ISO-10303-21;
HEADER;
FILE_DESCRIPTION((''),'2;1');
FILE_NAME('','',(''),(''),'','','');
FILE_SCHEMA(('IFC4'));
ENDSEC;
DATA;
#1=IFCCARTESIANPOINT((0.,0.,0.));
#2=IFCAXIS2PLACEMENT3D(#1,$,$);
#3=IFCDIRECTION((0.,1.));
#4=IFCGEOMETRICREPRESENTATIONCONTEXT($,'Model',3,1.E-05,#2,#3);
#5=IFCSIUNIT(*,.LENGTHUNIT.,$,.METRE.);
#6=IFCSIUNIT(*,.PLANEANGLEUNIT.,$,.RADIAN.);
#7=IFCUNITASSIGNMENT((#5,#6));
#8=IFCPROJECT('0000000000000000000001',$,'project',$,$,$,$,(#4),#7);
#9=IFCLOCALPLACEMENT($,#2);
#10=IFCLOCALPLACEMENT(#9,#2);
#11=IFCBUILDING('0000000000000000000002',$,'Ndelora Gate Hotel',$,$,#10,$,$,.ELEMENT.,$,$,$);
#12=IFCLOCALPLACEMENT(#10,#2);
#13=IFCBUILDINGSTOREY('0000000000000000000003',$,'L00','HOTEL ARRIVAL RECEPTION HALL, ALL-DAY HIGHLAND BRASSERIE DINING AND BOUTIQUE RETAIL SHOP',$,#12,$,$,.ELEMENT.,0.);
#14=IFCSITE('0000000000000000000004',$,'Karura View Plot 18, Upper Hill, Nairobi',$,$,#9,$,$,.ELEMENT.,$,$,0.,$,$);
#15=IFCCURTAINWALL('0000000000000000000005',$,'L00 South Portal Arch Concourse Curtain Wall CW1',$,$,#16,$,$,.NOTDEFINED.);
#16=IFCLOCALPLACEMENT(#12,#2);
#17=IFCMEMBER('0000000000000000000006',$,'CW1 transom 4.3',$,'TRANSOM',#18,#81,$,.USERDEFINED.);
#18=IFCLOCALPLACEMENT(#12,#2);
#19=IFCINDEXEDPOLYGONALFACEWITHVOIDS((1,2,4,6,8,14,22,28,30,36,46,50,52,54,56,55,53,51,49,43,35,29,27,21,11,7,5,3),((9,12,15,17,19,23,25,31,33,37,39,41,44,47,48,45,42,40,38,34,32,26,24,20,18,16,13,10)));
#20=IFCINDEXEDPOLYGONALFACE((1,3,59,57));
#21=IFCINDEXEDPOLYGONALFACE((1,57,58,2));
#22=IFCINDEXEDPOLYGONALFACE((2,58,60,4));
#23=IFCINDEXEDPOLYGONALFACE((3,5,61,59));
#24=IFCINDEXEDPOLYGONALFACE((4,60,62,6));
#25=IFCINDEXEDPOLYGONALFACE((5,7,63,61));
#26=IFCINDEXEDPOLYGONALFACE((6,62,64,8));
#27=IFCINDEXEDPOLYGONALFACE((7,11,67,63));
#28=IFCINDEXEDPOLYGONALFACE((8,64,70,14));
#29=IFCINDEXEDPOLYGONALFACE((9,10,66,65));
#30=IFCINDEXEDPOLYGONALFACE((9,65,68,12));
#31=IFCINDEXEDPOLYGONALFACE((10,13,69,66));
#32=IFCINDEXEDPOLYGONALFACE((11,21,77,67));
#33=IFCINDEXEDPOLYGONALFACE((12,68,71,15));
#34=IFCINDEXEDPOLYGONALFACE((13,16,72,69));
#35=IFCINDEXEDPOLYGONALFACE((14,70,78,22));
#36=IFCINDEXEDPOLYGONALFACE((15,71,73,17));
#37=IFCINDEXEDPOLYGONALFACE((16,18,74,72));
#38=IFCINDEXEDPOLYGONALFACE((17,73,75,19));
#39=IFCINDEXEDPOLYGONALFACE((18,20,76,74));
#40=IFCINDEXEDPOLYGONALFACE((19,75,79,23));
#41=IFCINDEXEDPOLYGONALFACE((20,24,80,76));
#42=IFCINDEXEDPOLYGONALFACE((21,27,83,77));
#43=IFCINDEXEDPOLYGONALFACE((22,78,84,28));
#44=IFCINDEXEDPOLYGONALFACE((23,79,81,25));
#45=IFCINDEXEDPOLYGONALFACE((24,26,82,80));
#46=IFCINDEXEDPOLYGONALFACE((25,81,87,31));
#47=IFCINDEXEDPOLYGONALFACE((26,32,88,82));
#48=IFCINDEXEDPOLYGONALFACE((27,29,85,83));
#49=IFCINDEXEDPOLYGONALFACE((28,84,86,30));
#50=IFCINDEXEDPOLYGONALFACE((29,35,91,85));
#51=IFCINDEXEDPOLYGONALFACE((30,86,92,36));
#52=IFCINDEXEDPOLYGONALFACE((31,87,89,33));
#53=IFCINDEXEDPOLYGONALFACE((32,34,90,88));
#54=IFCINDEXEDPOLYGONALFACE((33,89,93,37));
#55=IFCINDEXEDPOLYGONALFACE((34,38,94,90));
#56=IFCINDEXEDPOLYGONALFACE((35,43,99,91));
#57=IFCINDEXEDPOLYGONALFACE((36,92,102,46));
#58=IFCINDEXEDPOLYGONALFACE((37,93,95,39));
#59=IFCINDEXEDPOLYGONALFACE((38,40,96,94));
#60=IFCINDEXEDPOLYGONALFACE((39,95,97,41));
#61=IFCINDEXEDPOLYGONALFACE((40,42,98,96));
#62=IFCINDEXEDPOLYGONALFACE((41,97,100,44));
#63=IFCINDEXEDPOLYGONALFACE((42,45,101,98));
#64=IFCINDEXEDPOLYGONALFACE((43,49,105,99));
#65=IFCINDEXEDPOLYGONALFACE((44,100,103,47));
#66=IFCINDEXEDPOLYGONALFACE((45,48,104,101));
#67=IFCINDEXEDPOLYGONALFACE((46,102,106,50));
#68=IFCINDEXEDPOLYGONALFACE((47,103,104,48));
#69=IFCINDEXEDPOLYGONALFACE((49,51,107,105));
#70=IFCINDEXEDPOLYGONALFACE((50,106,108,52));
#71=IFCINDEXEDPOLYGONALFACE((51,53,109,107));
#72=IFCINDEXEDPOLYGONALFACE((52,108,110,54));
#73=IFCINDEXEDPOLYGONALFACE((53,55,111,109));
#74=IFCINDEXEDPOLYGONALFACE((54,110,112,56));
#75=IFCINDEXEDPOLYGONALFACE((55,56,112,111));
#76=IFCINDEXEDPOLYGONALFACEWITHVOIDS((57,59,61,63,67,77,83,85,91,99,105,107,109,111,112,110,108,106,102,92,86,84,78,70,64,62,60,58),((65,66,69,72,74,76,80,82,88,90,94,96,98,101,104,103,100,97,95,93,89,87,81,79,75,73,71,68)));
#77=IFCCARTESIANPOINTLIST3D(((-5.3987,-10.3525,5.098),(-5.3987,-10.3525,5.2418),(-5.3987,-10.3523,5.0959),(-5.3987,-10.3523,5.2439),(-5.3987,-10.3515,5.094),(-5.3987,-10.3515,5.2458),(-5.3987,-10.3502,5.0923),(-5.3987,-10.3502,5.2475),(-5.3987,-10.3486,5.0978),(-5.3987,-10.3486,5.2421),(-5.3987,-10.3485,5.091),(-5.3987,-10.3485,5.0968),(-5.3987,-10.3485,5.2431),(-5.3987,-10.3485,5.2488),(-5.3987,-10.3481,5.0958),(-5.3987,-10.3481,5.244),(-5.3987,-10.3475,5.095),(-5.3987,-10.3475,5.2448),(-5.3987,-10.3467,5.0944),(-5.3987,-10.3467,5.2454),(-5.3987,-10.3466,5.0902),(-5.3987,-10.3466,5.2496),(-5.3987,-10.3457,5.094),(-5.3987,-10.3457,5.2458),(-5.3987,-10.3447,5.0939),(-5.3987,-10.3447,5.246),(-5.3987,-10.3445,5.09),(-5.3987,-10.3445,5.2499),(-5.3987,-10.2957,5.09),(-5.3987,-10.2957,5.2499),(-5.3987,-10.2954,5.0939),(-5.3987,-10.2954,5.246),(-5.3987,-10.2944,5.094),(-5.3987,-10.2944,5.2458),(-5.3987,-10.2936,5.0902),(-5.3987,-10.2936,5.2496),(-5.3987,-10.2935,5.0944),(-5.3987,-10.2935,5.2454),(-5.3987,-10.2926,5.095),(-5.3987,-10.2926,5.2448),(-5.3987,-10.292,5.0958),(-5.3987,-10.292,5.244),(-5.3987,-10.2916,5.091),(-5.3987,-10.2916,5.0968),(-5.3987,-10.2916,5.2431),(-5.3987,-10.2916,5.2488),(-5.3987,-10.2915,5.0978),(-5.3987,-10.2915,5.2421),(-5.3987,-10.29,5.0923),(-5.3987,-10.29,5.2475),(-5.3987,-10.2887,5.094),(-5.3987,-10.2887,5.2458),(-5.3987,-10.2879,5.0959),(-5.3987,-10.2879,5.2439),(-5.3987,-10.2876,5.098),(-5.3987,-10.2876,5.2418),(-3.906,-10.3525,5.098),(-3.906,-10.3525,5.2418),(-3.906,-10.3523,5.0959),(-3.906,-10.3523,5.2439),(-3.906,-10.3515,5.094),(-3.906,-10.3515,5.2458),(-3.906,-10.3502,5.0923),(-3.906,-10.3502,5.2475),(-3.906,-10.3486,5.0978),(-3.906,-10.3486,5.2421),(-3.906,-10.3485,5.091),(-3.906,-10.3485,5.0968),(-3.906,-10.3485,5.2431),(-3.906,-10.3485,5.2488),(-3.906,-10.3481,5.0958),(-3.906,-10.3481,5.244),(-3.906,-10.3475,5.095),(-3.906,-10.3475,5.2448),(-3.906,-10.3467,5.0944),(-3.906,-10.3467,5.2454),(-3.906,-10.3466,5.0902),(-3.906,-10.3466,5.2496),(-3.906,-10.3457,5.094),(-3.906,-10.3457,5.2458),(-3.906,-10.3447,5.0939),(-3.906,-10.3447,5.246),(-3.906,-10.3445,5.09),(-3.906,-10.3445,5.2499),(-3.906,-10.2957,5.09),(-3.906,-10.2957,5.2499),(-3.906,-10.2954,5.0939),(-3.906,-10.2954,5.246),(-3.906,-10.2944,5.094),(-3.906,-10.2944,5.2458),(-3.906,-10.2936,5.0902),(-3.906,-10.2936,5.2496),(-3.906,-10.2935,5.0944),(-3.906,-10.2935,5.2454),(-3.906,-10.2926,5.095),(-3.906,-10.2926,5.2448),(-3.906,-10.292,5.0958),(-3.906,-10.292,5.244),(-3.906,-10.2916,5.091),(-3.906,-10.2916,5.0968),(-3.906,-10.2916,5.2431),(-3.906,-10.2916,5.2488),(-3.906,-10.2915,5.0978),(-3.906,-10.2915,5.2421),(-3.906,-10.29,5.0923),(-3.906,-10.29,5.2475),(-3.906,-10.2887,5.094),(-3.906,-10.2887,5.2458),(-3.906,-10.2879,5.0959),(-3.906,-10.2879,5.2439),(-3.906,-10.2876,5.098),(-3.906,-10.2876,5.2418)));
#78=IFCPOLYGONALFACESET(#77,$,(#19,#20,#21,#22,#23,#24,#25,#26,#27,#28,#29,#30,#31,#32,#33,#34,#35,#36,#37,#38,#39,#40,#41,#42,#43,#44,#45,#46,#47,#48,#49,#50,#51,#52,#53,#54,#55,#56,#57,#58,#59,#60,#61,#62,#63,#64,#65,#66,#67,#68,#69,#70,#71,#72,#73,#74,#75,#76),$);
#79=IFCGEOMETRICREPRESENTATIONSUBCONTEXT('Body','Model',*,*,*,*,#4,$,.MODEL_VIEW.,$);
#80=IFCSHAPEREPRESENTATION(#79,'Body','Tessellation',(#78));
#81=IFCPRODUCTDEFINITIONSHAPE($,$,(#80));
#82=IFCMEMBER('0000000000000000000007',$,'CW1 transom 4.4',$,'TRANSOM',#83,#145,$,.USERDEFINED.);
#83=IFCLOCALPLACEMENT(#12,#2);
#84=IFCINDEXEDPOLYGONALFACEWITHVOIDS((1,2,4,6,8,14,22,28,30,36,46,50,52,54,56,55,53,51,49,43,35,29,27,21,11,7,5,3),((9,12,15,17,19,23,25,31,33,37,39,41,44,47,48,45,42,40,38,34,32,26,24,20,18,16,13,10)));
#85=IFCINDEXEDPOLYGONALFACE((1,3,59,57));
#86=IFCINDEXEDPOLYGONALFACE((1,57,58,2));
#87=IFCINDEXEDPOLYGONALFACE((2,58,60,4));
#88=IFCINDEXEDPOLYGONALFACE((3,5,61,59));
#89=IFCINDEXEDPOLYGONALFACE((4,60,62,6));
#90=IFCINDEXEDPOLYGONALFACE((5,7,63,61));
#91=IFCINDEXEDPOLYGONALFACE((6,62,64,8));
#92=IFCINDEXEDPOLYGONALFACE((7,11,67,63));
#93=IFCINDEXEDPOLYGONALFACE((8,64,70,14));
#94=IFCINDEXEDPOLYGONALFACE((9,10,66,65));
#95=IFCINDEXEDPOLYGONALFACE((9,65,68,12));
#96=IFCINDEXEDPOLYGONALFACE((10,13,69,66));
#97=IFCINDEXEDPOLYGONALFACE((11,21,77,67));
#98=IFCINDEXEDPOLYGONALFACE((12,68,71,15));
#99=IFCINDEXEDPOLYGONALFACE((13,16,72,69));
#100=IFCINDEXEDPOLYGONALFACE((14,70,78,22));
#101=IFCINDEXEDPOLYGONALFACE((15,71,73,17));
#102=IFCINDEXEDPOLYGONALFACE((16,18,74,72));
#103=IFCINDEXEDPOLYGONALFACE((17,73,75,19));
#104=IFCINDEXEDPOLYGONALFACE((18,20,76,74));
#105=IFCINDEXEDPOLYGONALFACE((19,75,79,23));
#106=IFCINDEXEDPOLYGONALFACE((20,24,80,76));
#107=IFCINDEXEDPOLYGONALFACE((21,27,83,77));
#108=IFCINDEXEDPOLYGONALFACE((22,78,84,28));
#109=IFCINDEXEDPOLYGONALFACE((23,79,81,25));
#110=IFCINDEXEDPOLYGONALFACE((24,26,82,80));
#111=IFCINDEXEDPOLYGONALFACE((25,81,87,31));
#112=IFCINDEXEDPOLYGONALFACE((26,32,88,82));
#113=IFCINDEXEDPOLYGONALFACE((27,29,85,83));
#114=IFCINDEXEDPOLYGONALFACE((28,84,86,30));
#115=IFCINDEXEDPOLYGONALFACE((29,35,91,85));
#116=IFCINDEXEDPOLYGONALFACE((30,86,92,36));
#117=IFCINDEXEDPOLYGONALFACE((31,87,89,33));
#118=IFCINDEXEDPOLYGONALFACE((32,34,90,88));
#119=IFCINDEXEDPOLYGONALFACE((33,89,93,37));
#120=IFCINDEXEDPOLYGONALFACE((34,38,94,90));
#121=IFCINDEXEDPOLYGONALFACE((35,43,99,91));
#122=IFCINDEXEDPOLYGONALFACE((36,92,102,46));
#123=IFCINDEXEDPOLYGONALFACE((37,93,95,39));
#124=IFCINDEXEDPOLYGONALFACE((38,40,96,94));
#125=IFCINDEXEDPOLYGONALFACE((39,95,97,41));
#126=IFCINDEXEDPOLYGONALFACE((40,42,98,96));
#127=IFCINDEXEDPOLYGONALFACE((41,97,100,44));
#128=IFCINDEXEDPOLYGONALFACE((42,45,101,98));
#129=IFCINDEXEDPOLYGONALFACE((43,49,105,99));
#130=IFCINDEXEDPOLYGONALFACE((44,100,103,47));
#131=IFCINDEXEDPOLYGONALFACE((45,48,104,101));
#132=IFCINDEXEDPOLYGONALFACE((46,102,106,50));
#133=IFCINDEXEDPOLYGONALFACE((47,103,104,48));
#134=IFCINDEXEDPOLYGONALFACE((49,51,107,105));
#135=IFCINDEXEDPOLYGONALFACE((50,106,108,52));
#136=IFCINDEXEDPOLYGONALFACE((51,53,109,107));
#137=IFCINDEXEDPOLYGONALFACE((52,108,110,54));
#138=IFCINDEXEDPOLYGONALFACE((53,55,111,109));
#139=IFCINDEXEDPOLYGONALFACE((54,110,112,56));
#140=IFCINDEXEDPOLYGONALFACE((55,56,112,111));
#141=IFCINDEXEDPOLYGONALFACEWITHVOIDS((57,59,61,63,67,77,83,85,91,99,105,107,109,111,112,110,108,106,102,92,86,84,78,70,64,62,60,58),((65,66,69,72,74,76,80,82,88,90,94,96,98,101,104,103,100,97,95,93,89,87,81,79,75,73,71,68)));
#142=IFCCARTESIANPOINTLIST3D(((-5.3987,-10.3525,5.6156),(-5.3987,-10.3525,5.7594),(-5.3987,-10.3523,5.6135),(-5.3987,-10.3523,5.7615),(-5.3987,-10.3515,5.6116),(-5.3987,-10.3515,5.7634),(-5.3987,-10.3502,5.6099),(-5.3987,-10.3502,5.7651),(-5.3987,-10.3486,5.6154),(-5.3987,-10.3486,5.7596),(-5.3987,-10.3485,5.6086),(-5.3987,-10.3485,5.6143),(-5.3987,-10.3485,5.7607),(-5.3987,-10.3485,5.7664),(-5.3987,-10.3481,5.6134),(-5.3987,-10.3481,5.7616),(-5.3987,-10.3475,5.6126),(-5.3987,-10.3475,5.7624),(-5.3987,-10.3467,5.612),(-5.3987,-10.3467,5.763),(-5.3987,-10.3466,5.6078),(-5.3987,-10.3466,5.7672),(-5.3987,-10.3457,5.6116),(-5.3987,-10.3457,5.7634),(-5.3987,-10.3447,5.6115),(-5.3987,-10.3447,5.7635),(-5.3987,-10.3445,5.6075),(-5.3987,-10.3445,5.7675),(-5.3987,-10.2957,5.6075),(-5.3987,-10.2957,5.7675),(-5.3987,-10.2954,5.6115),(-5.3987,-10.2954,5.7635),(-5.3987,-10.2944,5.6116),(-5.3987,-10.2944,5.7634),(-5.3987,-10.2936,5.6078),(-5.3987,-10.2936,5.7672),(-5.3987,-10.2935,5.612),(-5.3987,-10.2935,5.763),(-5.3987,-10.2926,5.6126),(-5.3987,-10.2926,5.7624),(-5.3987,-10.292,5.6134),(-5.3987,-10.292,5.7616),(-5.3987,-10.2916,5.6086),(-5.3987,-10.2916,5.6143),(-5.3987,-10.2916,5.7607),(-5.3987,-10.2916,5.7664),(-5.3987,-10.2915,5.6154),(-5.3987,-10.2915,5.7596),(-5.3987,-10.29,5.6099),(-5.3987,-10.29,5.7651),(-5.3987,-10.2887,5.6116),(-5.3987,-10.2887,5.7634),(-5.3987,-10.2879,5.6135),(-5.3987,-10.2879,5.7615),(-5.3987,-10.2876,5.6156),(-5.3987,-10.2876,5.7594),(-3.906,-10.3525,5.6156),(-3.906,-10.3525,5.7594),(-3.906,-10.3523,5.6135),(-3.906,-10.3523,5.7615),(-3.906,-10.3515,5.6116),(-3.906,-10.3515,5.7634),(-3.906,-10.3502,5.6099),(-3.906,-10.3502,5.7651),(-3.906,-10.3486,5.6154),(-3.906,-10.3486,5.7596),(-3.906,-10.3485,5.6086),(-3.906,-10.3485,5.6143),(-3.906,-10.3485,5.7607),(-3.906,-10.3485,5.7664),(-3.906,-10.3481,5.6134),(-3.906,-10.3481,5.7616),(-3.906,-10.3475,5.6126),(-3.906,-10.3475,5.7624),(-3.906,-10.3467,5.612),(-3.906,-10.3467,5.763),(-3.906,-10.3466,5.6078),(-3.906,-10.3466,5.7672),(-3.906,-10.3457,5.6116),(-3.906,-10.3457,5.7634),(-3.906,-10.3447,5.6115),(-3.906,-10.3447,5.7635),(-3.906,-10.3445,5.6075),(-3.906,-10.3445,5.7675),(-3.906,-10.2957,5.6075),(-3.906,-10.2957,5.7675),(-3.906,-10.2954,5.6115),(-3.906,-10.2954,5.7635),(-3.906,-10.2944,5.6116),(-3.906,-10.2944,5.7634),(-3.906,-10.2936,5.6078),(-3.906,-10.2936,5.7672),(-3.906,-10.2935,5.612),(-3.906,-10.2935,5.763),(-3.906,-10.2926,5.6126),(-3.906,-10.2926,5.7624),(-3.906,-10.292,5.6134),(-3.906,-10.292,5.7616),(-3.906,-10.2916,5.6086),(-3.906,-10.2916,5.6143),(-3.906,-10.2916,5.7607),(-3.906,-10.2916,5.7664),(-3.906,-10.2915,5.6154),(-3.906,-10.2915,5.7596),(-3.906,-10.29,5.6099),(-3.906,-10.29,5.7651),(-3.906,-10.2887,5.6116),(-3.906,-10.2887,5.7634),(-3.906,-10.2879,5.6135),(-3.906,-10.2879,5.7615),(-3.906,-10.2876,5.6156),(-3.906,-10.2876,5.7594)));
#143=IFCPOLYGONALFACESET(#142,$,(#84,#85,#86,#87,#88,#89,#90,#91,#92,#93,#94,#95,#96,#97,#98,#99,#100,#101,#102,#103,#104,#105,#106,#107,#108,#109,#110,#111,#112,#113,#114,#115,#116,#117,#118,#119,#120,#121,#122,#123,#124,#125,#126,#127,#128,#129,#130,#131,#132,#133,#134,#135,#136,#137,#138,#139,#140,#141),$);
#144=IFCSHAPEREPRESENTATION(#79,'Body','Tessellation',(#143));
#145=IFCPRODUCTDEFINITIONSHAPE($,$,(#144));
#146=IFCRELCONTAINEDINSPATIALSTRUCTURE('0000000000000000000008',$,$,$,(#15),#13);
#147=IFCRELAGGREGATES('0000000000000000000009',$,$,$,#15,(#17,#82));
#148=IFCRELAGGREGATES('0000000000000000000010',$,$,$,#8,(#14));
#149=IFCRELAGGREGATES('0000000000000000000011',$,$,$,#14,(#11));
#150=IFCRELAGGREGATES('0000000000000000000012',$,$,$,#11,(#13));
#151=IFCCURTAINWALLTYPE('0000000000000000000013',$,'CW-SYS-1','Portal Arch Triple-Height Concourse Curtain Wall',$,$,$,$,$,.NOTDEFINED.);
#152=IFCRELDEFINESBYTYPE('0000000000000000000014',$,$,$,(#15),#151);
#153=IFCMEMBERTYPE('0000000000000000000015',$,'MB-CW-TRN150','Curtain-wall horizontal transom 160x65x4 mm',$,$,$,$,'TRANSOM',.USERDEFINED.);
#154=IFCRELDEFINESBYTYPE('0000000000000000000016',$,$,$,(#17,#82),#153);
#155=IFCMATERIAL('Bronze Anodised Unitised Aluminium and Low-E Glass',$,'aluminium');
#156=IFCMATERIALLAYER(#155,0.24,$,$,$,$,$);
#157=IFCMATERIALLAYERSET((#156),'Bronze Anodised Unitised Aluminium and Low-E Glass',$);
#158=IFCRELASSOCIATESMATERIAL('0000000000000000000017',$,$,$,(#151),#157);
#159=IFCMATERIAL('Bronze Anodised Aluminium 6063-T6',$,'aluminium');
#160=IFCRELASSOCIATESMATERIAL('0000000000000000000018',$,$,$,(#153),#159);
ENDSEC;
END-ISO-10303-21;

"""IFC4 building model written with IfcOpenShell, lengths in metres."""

from ifc_helpers import new_model, si_unit, direction, frame, origin, origin_2d, place, context, subcontext, project, spatial, hollow_rectangle, extrude, material, layer, layer_set, material_profile, profile_set, type_object, element, aggregate, save


model = new_model("IFC4")

# Units and contexts
model_context = context("Model", 3, precision=1e-05, world=origin(), true_north=direction((0.0, 1.0)))
body_context = subcontext(model_context, "Body", "Model", "MODEL_VIEW")
ifc_project = project(units=[si_unit("LENGTHUNIT", "METRE"), si_unit("PLANEANGLEUNIT", "RADIAN")], contexts=[model_context])

# Site, building, storey
site_placement = place(None, origin())
site = spatial("IfcSite", under=ifc_project, at=site_placement, Name="Karura View Plot 18, Upper Hill, Nairobi", CompositionType="ELEMENT", RefElevation=0.0)
building_placement = place(site_placement, origin())
building = spatial("IfcBuilding", under=site, at=building_placement, Name="Ndelora Gate Hotel", CompositionType="ELEMENT")
storey_placement = place(building_placement, origin())
storey = spatial("IfcBuildingStorey", under=building, at=storey_placement, Name="L00", Description="HOTEL ARRIVAL RECEPTION HALL, ALL-DAY HIGHLAND BRASSERIE DINING AND BOUTIQUE RETAIL SHOP", CompositionType="ELEMENT", Elevation=0.0)

# Curtain wall, members
ifc_material_1 = material(Name="Bronze Anodised Unitised Aluminium and Low-E Glass", Category="aluminium")
ifc_layer_1 = layer(ifc_material_1, 0.24)
ifc_layer_set_1 = layer_set([ifc_layer_1], Name="Bronze Anodised Unitised Aluminium and Low-E Glass")
curtain_wall_type = type_object("IfcCurtainWallType", Name="CW-SYS-1", Description="Portal Arch Triple-Height Concourse Curtain Wall", PredefinedType="NOTDEFINED", material=ifc_layer_set_1)
curtain_wall_placement = place(storey_placement, origin())
curtain_wall = element("IfcCurtainWall", 1, at=curtain_wall_placement, inside=storey, type_object=curtain_wall_type, Name="L00 South Portal Arch Concourse Curtain Wall CW1", PredefinedType="NOTDEFINED")
ifc_material_2 = material(Name="Bronze Anodised Aluminium 6063-T6", Category="aluminium")
ifc_material_profile_1 = material_profile(ifc_material_2, hollow_rectangle(XDim=0.0649, YDim=0.1599, WallThickness=0.0039, InnerFilletRadius=0.0039, OuterFilletRadius=0.0081, at=origin_2d()), Name="ALU 160x65x4")
ifc_profile_set_1 = profile_set([ifc_material_profile_1], Name="Bronze Anodised Aluminium 6063-T6")
member_type_1 = type_object("IfcMemberType", Name="MB-CW-TRN150", Description="Curtain-wall horizontal transom 160x65x4 mm", ElementType="TRANSOM", PredefinedType="USERDEFINED", material=ifc_profile_set_1)
member_1_placement = place(storey_placement, frame((-5.3987, -10.3201, 5.1699), z_axis=(1.0, 0.0, 0.0), x_axis=(0.0, 1.0, 0.0)))
member_1 = element("IfcMember", 2, at=member_1_placement, type_object=member_type_1, Name="CW1 transom 4.3", ObjectType="TRANSOM", PredefinedType="USERDEFINED", context=body_context, shape_type="SweptSolid", body=[
    extrude(hollow_rectangle(XDim=0.0649, YDim=0.1599, WallThickness=0.0039, InnerFilletRadius=0.0039, OuterFilletRadius=0.0081, at=origin_2d()), origin(), (0.0, 0.0, 1.0), 1.4927),
])
member_2_placement = place(storey_placement, frame((-5.3987, -10.3201, 5.6875), z_axis=(1.0, 0.0, 0.0), x_axis=(0.0, 1.0, 0.0)))
member_2 = element("IfcMember", 3, at=member_2_placement, type_object=member_type_1, Name="CW1 transom 4.4", ObjectType="TRANSOM", PredefinedType="USERDEFINED", context=body_context, shape_type="SweptSolid", body=[
    extrude(hollow_rectangle(XDim=0.0649, YDim=0.1599, WallThickness=0.0039, InnerFilletRadius=0.0039, OuterFilletRadius=0.0081, at=origin_2d()), origin(), (0.0, 0.0, 1.0), 1.4927),
])
aggregate(curtain_wall, [member_1, member_2])

save(model, "model.ifc")
